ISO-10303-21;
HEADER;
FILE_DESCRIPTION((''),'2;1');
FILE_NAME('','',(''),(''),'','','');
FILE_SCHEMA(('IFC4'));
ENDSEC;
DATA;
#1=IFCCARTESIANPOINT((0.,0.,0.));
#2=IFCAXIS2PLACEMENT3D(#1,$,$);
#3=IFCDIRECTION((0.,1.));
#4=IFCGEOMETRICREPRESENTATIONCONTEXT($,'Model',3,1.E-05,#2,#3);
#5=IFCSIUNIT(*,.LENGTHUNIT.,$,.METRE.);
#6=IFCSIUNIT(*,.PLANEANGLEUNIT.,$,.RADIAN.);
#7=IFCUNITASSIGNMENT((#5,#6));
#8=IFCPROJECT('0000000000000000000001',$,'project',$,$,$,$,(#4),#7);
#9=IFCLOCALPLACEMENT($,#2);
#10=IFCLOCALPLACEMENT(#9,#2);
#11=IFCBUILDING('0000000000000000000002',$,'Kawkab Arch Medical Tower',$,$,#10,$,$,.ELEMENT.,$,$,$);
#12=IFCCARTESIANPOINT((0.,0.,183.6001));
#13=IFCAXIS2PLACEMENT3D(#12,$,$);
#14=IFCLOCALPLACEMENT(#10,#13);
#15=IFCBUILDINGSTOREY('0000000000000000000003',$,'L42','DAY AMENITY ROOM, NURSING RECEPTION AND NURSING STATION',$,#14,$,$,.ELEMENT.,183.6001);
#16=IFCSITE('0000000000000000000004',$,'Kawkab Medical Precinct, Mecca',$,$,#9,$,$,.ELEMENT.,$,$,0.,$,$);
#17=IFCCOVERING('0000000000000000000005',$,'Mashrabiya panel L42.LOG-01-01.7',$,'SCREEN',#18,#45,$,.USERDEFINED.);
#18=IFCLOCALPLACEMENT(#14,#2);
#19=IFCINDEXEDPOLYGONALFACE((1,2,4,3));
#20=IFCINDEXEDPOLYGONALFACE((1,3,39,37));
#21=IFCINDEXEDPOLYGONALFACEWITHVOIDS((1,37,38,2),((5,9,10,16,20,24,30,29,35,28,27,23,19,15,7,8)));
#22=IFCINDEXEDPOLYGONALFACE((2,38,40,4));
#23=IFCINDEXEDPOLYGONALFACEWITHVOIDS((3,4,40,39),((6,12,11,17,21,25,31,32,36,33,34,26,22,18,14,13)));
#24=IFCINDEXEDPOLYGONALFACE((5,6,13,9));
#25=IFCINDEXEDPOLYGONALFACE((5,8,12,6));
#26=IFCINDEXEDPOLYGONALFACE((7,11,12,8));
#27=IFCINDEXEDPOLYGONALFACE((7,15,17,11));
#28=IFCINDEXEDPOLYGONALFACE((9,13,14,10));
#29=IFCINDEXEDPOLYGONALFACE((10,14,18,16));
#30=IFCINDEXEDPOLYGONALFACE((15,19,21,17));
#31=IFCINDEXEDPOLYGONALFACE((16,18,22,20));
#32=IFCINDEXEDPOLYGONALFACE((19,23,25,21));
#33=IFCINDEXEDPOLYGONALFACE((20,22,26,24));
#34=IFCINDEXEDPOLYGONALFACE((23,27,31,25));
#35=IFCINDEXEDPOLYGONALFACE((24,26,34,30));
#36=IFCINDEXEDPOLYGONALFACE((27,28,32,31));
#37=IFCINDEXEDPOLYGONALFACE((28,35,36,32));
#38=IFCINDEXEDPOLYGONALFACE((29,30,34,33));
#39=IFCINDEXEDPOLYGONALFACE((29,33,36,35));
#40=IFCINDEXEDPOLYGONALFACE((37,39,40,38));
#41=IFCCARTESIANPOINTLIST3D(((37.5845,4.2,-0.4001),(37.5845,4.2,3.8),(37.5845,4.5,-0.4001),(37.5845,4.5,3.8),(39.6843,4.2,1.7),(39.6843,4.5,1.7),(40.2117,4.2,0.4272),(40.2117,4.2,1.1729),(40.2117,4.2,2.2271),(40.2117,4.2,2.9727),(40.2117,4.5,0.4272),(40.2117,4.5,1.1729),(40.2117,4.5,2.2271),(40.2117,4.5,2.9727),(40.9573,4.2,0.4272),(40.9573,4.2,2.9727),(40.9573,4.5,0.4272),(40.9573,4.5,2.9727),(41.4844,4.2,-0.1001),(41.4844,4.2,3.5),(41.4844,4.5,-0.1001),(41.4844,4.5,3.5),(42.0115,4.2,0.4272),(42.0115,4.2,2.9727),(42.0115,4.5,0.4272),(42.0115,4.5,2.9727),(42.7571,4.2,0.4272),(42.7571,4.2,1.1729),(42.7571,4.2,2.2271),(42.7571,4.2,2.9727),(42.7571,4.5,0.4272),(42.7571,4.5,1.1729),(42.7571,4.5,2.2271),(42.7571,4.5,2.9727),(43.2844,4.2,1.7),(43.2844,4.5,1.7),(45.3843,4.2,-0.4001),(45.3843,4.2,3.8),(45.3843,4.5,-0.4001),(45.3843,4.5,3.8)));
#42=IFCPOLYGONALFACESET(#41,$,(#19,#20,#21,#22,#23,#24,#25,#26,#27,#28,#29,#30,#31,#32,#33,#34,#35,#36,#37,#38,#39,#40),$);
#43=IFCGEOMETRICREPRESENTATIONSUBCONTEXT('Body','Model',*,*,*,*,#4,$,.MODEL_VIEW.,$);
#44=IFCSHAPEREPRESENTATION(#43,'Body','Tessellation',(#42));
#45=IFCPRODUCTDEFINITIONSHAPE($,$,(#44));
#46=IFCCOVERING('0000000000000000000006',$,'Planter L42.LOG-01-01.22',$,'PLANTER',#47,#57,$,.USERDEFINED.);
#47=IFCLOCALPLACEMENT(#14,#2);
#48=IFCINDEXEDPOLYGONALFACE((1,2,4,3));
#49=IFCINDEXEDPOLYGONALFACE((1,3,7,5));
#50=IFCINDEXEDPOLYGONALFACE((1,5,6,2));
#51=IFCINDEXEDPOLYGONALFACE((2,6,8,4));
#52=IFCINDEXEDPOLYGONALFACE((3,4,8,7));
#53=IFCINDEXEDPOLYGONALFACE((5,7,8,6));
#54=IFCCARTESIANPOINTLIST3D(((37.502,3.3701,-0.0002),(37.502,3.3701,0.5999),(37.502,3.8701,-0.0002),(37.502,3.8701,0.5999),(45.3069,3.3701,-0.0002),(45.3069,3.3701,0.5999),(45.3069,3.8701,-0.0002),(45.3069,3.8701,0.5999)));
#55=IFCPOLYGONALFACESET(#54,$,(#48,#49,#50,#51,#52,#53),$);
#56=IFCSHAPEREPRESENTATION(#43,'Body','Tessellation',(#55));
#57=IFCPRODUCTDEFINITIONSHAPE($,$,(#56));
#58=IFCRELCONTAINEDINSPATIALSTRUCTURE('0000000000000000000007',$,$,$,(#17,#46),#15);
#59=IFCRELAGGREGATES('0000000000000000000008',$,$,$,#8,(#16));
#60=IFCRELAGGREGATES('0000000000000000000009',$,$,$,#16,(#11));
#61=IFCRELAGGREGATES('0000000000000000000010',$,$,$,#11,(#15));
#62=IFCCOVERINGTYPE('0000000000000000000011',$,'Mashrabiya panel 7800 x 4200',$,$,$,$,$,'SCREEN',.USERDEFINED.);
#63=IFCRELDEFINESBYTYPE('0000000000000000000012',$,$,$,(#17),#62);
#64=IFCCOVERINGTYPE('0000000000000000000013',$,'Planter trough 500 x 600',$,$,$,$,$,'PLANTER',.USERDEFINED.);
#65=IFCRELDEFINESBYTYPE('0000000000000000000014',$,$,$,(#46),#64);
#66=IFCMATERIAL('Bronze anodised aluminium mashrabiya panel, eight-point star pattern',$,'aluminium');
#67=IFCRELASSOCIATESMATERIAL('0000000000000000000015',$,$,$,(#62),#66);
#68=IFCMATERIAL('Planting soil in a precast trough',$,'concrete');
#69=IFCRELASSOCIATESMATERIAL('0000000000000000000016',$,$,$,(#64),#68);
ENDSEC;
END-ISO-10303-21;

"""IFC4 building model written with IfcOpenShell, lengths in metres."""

from ifc_helpers import new_model, si_unit, direction, frame, origin, origin_2d, place, context, subcontext, project, spatial, polyline, rectangle, outline, extrude, material, material_profile, profile_set, type_object, element, save


model = new_model("IFC4")

# Units and contexts
model_context = context("Model", 3, precision=1e-05, world=origin(), true_north=direction((0.0, 1.0)))
body_context = subcontext(model_context, "Body", "Model", "MODEL_VIEW")
ifc_project = project(units=[si_unit("LENGTHUNIT", "METRE"), si_unit("PLANEANGLEUNIT", "RADIAN")], contexts=[model_context])

# Site, building, storey
site_placement = place(None, origin())
site = spatial("IfcSite", under=ifc_project, at=site_placement, Name="Kawkab Medical Precinct, Mecca", CompositionType="ELEMENT", RefElevation=0.0)
building_placement = place(site_placement, origin())
building = spatial("IfcBuilding", under=site, at=building_placement, Name="Kawkab Arch Medical Tower", CompositionType="ELEMENT")
storey_placement = place(building_placement, frame((0.0, 0.0, 183.6001)))
storey = spatial("IfcBuildingStorey", under=building, at=storey_placement, Name="L42", Description="DAY AMENITY ROOM, NURSING RECEPTION AND NURSING STATION", CompositionType="ELEMENT", Elevation=183.6001)

# Coverings
ifc_material_1 = material(Name="Bronze anodised aluminium mashrabiya panel, eight-point star pattern", Category="aluminium")
ifc_material_profile_1 = material_profile(ifc_material_1, outline(polyline([(-3.8999, -2.1001), (3.8999, -2.1001), (3.8999, 2.1001), (-3.8999, 2.1001), (-3.8999, -2.1001)]), holes=[polyline([(1.8, 0.0), (1.2727, 0.5271), (1.2727, 1.2727), (0.5271, 1.2727), (0.0, 1.8), (-0.5271, 1.2727), (-1.2727, 1.2727), (-1.2727, 0.5271), (-1.8, 0.0), (-1.2727, -0.5271), (-1.2727, -1.2727), (-0.5271, -1.2727), (0.0, -1.8), (0.5271, -1.2727), (1.2727, -1.2727), (1.2727, -0.5271), (1.8, 0.0)])]), Name="Mashrabiya panel 7800x4200")
ifc_profile_set_1 = profile_set([ifc_material_profile_1], Name="Bronze anodised aluminium mashrabiya panel, eight-point star pattern")
covering_type_1 = type_object("IfcCoveringType", Name="Mashrabiya panel 7800 x 4200", ElementType="SCREEN", PredefinedType="USERDEFINED", material=ifc_profile_set_1)
covering_1_placement = place(storey_placement, frame((41.4844, 4.2, 1.7), z_axis=(0.0, 1.0, 0.0), x_axis=(-1.0, 0.0, 0.0)))
element("IfcCovering", 1, at=covering_1_placement, inside=storey, type_object=covering_type_1, Name="Mashrabiya panel L42.LOG-01-01.7", ObjectType="SCREEN", PredefinedType="USERDEFINED", context=body_context, shape_type="SweptSolid", body=[
    extrude(outline(polyline([(-3.8999, -2.1001), (3.8999, -2.1001), (3.8999, 2.1001), (-3.8999, 2.1001), (-3.8999, -2.1001)]), holes=[polyline([(1.8, 0.0), (1.2727, 0.5271), (1.2727, 1.2727), (0.5271, 1.2727), (0.0, 1.8), (-0.5271, 1.2727), (-1.2727, 1.2727), (-1.2727, 0.5271), (-1.8, 0.0), (-1.2727, -0.5271), (-1.2727, -1.2727), (-0.5271, -1.2727), (0.0, -1.8), (0.5271, -1.2727), (1.2727, -1.2727), (1.2727, -0.5271), (1.8, 0.0)])]), origin(), (0.0, 0.0, 1.0), 0.3),
])
ifc_material_2 = material(Name="Planting soil in a precast trough", Category="concrete")
ifc_material_profile_2 = material_profile(ifc_material_2, rectangle(XDim=0.5, YDim=0.6001, at=origin_2d()), Name="Trough 500x600")
ifc_profile_set_2 = profile_set([ifc_material_profile_2], Name="Planting soil in a precast trough")
covering_type_2 = type_object("IfcCoveringType", Name="Planter trough 500 x 600", ElementType="PLANTER", PredefinedType="USERDEFINED", material=ifc_profile_set_2)
covering_2_placement = place(storey_placement, frame((37.502, 3.6201, 0.2998), z_axis=(1.0, 0.0, 0.0), x_axis=(0.0, 1.0, 0.0)))
element("IfcCovering", 2, at=covering_2_placement, inside=storey, type_object=covering_type_2, Name="Planter L42.LOG-01-01.22", ObjectType="PLANTER", PredefinedType="USERDEFINED", context=body_context, shape_type="SweptSolid", body=[
    extrude(rectangle(XDim=0.5, YDim=0.6001, at=origin_2d()), origin(), (0.0, 0.0, 1.0), 7.8049),
])

save(model, "model.ifc")
